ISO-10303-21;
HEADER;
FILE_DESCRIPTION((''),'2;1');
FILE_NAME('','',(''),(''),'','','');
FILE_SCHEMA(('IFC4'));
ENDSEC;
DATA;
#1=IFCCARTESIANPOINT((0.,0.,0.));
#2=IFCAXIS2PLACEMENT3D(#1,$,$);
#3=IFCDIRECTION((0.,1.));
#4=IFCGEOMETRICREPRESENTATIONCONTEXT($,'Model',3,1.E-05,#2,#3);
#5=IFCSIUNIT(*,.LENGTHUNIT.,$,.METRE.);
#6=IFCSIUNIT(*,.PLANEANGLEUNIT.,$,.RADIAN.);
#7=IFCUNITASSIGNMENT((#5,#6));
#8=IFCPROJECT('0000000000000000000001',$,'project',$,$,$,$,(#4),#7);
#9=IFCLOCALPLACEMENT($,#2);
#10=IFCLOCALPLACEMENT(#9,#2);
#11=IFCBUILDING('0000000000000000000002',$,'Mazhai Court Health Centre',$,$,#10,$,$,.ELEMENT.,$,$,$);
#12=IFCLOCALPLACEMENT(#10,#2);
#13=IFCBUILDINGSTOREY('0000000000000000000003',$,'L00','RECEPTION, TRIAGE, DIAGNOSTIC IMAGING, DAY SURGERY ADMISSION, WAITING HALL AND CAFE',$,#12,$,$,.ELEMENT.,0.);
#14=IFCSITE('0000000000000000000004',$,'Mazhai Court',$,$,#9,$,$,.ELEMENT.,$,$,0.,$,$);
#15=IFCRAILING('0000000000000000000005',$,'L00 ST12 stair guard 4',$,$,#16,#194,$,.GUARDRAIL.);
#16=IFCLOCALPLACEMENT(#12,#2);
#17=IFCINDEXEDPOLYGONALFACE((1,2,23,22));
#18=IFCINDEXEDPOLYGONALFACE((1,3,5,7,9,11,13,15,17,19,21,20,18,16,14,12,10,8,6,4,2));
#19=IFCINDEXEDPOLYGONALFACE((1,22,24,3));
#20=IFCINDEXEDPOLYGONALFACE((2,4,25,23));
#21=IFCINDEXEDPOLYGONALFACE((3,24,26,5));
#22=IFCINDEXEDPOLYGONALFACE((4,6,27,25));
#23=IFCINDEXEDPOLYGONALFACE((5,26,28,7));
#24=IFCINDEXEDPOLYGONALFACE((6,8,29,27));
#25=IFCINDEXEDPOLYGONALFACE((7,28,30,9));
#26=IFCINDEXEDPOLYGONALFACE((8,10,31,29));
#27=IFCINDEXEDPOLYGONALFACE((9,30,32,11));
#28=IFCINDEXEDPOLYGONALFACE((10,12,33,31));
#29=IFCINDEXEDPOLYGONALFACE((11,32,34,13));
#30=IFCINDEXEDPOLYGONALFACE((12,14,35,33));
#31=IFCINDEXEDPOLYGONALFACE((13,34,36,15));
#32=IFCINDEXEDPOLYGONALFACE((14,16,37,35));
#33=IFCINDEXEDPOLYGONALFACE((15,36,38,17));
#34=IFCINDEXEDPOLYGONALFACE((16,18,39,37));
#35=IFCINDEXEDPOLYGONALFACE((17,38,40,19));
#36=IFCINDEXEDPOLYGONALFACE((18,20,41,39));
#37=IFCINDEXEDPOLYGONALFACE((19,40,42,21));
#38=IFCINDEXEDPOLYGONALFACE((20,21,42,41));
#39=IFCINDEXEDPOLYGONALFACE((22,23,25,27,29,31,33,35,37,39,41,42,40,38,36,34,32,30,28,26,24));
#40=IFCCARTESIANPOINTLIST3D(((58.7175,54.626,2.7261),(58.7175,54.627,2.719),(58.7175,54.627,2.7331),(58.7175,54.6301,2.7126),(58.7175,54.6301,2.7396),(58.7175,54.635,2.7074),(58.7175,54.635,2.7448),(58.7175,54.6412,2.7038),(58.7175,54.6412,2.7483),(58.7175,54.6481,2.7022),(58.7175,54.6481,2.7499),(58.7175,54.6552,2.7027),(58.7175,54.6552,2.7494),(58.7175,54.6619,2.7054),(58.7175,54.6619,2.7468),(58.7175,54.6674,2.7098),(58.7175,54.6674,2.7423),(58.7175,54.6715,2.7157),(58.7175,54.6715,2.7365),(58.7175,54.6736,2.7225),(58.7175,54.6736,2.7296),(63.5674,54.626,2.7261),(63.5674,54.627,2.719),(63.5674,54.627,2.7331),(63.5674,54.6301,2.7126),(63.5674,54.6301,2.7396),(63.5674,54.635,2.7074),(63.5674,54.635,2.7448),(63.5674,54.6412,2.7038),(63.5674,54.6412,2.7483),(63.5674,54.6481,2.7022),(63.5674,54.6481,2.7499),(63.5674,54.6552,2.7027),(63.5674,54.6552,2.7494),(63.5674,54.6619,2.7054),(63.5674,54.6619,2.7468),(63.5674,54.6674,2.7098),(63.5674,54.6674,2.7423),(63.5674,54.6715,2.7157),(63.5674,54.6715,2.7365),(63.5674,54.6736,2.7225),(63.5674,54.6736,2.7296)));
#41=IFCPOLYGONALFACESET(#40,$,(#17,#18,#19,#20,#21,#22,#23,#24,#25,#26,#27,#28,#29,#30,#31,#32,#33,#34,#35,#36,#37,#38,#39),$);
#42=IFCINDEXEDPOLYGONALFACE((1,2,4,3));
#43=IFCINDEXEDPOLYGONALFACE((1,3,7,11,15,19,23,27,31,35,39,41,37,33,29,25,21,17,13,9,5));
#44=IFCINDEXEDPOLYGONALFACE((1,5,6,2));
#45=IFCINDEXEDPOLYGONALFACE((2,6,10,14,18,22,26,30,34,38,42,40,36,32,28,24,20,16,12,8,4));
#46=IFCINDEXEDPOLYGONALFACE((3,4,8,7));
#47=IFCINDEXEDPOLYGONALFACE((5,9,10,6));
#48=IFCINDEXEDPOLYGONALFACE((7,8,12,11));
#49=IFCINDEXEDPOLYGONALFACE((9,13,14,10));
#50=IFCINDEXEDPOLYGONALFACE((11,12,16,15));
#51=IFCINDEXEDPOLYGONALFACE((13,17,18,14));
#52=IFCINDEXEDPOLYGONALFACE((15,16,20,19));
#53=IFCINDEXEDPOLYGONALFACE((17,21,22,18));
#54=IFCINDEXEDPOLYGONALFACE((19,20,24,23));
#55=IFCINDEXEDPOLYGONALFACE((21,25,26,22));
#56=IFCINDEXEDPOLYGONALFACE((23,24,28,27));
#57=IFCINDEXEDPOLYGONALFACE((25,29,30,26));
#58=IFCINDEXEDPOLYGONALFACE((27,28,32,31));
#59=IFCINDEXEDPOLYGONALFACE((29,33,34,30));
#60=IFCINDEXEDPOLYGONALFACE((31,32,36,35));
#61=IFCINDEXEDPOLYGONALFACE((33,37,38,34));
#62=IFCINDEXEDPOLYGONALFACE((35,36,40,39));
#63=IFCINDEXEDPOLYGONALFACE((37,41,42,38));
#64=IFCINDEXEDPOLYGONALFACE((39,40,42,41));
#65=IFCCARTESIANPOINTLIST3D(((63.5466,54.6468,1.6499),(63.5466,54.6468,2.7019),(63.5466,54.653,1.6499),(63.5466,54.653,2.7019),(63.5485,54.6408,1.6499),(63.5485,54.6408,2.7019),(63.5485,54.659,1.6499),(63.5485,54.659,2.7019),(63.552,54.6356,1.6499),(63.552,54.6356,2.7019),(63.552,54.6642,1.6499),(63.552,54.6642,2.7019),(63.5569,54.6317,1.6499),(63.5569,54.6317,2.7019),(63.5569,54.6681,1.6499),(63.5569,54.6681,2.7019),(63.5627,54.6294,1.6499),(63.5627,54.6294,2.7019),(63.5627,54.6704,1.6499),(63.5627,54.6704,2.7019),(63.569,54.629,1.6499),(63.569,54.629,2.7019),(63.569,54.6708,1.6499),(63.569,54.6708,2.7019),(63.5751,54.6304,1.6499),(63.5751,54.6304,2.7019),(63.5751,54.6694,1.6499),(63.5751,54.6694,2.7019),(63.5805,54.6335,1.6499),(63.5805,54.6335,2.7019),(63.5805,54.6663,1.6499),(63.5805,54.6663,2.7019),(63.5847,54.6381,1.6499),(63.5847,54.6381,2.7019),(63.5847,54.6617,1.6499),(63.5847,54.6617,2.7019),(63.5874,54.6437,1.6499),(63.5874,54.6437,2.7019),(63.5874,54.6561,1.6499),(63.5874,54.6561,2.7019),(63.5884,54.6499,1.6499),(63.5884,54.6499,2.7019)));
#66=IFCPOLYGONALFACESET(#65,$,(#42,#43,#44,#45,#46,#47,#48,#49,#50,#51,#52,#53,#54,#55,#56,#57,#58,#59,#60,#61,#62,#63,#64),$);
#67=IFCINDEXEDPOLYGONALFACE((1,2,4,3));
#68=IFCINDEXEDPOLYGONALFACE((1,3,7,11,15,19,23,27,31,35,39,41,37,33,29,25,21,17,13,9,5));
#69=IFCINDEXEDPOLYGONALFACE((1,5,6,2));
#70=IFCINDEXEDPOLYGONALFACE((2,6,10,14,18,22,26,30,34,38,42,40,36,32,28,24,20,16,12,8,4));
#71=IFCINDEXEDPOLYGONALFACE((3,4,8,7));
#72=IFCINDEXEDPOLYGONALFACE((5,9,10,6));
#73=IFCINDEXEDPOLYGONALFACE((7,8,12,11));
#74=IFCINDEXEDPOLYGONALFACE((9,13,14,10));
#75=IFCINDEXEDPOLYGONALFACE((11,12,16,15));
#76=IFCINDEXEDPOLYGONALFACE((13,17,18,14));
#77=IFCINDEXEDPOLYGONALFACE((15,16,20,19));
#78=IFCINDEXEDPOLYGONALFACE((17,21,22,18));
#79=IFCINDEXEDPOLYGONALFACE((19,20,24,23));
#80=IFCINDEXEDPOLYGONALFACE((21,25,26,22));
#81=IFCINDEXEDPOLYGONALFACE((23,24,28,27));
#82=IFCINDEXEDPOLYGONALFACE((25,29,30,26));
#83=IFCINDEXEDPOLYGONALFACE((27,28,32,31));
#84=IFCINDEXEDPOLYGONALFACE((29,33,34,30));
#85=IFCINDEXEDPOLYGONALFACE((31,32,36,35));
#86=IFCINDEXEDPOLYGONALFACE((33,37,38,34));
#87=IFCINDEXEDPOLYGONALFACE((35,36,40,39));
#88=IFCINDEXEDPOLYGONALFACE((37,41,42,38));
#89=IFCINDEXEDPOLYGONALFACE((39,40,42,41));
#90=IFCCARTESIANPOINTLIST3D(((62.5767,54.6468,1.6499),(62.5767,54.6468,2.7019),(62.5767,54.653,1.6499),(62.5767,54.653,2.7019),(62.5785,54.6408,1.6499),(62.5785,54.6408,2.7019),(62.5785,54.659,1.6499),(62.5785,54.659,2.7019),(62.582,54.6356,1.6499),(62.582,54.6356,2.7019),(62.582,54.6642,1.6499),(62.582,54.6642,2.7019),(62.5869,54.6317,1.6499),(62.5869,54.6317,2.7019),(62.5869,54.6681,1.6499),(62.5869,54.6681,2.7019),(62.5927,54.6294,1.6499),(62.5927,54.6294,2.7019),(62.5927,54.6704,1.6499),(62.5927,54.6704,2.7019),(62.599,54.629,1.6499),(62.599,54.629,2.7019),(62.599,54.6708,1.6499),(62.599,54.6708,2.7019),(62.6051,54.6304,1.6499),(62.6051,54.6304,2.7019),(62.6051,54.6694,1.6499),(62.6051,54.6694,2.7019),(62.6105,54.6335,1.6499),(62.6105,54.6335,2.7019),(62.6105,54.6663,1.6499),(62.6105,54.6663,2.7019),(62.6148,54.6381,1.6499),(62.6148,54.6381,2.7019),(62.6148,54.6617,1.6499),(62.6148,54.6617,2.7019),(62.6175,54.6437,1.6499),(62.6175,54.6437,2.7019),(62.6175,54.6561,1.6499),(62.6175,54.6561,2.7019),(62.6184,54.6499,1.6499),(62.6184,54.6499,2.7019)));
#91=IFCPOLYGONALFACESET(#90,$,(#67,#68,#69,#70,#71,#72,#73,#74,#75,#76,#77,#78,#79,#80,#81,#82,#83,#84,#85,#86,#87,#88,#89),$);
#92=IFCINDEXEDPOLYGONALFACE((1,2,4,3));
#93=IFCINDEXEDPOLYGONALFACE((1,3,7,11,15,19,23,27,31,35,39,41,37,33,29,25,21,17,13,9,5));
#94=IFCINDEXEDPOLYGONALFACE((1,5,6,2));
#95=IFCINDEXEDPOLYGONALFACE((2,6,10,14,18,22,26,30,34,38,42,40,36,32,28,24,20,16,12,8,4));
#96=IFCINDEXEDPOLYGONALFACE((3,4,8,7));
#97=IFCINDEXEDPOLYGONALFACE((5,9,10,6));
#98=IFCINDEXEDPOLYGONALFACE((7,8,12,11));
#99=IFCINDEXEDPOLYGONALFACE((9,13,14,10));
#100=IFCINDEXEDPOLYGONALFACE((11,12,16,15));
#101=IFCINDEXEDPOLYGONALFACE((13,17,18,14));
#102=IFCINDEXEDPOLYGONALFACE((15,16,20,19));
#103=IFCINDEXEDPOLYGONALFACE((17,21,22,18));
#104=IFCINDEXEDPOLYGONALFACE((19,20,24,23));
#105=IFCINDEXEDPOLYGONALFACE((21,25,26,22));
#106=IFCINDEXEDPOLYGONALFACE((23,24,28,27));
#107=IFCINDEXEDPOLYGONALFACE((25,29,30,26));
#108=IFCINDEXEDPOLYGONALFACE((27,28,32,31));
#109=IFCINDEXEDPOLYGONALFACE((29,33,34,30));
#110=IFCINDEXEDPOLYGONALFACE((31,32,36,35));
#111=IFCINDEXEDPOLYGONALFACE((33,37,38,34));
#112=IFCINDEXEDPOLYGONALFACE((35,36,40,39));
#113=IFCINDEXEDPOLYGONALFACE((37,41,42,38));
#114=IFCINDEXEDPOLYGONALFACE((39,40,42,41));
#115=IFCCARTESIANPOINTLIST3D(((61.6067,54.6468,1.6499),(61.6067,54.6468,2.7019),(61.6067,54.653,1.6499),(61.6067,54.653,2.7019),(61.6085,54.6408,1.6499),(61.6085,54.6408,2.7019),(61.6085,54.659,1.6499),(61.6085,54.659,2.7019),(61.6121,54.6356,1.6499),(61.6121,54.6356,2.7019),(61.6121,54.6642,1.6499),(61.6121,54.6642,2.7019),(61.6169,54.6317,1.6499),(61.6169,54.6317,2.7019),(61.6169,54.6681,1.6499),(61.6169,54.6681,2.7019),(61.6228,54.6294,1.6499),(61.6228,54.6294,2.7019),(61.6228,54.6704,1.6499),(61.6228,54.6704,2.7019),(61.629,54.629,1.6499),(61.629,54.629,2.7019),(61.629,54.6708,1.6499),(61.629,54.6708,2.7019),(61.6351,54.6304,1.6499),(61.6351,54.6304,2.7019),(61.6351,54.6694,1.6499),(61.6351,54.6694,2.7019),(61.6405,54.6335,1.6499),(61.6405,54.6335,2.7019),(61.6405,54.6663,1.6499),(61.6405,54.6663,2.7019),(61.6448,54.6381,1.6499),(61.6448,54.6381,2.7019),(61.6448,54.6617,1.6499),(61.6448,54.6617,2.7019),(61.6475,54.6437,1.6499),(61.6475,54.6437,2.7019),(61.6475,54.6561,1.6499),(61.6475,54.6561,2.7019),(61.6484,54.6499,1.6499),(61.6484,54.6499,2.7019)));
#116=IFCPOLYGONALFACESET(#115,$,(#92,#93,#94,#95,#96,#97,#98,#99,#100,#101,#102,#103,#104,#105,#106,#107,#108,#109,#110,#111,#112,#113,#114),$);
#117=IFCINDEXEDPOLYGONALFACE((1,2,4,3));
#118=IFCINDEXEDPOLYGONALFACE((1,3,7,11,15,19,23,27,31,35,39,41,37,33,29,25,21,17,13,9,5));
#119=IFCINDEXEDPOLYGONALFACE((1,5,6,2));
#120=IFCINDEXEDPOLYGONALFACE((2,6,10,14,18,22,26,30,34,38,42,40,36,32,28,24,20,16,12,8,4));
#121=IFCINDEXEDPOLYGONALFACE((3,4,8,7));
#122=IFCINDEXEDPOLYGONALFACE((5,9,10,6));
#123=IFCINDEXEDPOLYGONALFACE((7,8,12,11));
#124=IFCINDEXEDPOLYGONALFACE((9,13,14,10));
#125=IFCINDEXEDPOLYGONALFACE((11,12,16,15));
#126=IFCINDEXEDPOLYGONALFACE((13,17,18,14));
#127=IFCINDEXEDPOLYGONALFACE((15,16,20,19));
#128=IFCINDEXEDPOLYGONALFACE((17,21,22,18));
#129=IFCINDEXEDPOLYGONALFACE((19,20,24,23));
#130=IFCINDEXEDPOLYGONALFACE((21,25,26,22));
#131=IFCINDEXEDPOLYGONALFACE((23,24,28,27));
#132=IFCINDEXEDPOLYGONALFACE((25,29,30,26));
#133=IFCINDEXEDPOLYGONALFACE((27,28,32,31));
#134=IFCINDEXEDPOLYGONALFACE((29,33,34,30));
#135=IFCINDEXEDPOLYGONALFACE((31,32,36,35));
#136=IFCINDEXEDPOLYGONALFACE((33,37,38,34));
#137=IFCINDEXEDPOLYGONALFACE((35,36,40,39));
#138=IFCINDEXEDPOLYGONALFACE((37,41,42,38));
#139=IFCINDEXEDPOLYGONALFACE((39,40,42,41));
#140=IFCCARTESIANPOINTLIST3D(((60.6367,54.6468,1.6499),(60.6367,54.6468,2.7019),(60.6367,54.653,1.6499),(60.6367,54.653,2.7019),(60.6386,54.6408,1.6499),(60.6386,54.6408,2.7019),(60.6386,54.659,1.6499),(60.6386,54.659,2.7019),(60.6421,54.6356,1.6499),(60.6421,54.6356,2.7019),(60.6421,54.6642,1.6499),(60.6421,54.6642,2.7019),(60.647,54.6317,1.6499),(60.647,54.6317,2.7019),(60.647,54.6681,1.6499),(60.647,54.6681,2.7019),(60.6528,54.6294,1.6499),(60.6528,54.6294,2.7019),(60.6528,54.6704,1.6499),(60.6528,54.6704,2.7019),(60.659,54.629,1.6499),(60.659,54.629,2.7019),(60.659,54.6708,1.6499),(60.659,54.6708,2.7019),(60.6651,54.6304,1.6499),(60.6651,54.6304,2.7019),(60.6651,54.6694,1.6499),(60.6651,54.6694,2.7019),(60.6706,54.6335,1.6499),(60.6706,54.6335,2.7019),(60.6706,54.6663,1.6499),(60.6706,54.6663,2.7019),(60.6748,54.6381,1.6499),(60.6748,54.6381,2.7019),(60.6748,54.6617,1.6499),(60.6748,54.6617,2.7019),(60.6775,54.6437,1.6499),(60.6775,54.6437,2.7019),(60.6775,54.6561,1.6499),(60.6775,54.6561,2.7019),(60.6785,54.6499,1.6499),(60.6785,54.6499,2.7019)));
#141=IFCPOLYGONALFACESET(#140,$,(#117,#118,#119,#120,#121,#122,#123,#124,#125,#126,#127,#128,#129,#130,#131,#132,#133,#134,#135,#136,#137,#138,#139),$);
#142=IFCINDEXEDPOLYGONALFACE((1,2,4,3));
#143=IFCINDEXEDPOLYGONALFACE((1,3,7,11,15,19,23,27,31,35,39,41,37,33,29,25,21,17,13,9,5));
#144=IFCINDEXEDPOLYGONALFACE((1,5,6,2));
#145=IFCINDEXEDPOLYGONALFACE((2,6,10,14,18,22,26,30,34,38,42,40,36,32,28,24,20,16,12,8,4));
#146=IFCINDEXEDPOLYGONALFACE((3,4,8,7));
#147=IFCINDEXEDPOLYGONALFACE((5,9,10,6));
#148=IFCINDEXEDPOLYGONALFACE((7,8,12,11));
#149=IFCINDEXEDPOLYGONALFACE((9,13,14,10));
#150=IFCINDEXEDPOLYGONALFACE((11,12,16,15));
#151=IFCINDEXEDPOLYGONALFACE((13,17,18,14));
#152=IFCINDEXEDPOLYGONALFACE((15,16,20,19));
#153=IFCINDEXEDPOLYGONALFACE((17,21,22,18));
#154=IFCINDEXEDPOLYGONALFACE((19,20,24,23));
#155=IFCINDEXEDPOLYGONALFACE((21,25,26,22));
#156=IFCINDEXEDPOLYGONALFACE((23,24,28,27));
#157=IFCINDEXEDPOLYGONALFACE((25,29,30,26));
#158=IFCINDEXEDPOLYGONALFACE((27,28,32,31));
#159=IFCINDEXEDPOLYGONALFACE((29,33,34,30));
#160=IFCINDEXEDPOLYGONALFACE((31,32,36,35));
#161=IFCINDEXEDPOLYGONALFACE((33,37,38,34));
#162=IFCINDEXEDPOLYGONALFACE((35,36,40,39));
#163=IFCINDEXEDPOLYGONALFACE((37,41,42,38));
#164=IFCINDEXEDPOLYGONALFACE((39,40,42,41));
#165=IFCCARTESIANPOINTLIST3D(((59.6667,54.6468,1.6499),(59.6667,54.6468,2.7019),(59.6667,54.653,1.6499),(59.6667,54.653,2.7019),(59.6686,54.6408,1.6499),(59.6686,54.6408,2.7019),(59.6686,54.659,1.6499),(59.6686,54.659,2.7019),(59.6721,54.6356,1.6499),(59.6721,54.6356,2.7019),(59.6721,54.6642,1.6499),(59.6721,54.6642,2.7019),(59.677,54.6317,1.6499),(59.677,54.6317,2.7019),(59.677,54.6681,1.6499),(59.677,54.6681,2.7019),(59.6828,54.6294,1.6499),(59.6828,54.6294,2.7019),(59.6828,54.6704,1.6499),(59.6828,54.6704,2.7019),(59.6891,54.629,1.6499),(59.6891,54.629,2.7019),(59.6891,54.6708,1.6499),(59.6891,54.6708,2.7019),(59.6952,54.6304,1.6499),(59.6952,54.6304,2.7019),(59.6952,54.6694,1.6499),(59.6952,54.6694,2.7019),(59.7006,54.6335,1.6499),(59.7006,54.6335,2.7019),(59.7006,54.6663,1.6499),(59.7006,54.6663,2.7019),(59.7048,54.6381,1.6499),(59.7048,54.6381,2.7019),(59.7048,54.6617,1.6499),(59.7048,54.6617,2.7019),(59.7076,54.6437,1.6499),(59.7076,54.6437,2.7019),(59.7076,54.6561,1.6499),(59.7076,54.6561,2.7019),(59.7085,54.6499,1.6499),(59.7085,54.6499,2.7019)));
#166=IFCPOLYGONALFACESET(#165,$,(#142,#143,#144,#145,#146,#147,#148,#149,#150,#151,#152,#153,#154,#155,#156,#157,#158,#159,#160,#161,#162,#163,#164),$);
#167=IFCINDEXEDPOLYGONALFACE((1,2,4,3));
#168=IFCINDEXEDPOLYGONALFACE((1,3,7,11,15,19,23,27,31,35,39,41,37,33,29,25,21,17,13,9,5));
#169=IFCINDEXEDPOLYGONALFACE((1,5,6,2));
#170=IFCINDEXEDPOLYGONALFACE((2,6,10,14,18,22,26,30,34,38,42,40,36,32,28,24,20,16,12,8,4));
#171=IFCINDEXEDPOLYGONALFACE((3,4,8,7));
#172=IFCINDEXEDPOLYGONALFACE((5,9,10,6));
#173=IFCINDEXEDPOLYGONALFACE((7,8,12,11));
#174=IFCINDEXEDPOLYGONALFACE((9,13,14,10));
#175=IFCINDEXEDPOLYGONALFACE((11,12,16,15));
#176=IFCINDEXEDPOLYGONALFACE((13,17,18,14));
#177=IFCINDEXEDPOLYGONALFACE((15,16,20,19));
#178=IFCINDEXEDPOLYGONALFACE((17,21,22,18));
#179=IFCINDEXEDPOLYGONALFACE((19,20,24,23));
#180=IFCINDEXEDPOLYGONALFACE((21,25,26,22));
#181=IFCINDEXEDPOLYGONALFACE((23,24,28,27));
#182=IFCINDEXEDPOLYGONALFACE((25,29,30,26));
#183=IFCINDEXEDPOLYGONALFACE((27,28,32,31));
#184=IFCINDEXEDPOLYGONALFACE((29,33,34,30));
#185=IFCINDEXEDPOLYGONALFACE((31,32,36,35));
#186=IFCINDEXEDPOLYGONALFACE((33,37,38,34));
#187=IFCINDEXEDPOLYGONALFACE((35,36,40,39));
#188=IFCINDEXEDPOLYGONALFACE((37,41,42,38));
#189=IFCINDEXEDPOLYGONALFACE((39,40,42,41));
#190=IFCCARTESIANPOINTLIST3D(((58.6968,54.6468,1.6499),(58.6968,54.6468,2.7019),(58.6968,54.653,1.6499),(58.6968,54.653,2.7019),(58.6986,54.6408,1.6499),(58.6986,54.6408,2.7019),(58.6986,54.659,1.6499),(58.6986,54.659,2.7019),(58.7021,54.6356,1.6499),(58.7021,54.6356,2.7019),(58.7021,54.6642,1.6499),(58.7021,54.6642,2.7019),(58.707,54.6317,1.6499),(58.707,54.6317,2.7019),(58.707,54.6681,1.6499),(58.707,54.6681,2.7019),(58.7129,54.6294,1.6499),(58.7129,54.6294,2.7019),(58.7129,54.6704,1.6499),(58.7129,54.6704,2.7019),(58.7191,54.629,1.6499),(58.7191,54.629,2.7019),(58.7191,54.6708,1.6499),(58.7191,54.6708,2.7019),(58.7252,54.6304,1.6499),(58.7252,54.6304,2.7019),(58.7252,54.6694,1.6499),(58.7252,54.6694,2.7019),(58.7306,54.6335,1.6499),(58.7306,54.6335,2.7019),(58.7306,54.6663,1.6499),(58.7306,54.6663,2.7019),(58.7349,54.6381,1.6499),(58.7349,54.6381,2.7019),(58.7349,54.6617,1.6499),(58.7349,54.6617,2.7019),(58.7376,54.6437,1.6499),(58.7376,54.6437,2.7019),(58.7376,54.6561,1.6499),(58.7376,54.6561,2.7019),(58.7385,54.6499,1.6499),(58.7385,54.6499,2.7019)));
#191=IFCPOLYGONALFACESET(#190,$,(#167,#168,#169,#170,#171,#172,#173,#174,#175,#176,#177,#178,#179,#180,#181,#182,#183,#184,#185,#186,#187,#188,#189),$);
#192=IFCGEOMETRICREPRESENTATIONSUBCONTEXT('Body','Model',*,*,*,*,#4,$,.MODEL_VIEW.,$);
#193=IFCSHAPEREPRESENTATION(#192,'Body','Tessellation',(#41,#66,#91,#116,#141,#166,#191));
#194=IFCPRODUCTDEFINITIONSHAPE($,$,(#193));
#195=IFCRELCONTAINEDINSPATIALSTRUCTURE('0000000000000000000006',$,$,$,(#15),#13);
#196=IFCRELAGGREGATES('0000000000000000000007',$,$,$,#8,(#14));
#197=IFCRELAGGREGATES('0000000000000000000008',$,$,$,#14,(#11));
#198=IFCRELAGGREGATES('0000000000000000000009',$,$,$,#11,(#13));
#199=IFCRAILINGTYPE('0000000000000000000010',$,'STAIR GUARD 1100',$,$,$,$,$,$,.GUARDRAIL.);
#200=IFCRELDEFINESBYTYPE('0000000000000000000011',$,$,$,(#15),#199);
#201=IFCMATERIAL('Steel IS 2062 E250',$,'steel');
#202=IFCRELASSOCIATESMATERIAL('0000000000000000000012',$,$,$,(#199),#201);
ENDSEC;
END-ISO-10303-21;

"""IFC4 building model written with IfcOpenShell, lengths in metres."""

from ifc_helpers import new_model, si_unit, direction, frame, origin, origin_2d, place, context, subcontext, project, spatial, circle, extrude, material, type_object, element, save


model = new_model("IFC4")

# Units and contexts
model_context = context("Model", 3, precision=1e-05, world=origin(), true_north=direction((0.0, 1.0)))
body_context = subcontext(model_context, "Body", "Model", "MODEL_VIEW")
ifc_project = project(units=[si_unit("LENGTHUNIT", "METRE"), si_unit("PLANEANGLEUNIT", "RADIAN")], contexts=[model_context])

# Site, building, storey
site_placement = place(None, origin())
site = spatial("IfcSite", under=ifc_project, at=site_placement, Name="Mazhai Court", CompositionType="ELEMENT", RefElevation=0.0)
building_placement = place(site_placement, origin())
building = spatial("IfcBuilding", under=site, at=building_placement, Name="Mazhai Court Health Centre", CompositionType="ELEMENT")
storey_placement = place(building_placement, origin())
storey = spatial("IfcBuildingStorey", under=building, at=storey_placement, Name="L00", Description="RECEPTION, TRIAGE, DIAGNOSTIC IMAGING, DAY SURGERY ADMISSION, WAITING HALL AND CAFE", CompositionType="ELEMENT", Elevation=0.0)

# Railing
ifc_material_1 = material(Name="Steel IS 2062 E250", Category="steel")
railing_type_1 = type_object("IfcRailingType", Name="STAIR GUARD 1100", PredefinedType="GUARDRAIL", material=ifc_material_1)
railing_1_placement = place(storey_placement, frame((63.5674, 54.6499, 1.6499)))
element("IfcRailing", 1, at=railing_1_placement, inside=storey, type_object=railing_type_1, Name="L00 ST12 stair guard 4", PredefinedType="GUARDRAIL", context=body_context, shape_type="SweptSolid", body=[
    extrude(circle(Radius=0.0239, at=origin_2d()), frame((0.0, 0.0, 1.0762), z_axis=(-1.0, 0.0, 0.0), x_axis=(0.0, -1.0, 0.0)), (0.0, 0.0, 1.0), 4.8499),
    extrude(circle(Radius=0.021, at=origin_2d()), origin(), (0.0, 0.0, 1.0), 1.052),
    extrude(circle(Radius=0.021, at=origin_2d()), frame((-0.97, 0.0, 0.0)), (0.0, 0.0, 1.0), 1.052),
    extrude(circle(Radius=0.021, at=origin_2d()), frame((-1.9399, 0.0, 0.0)), (0.0, 0.0, 1.0), 1.052),
    extrude(circle(Radius=0.021, at=origin_2d()), frame((-2.9099, 0.0, 0.0)), (0.0, 0.0, 1.0), 1.052),
    extrude(circle(Radius=0.021, at=origin_2d()), frame((-3.8799, 0.0, 0.0)), (0.0, 0.0, 1.0), 1.052),
    extrude(circle(Radius=0.021, at=origin_2d()), frame((-4.8499, 0.0, 0.0)), (0.0, 0.0, 1.0), 1.052),
])

save(model, "model.ifc")
